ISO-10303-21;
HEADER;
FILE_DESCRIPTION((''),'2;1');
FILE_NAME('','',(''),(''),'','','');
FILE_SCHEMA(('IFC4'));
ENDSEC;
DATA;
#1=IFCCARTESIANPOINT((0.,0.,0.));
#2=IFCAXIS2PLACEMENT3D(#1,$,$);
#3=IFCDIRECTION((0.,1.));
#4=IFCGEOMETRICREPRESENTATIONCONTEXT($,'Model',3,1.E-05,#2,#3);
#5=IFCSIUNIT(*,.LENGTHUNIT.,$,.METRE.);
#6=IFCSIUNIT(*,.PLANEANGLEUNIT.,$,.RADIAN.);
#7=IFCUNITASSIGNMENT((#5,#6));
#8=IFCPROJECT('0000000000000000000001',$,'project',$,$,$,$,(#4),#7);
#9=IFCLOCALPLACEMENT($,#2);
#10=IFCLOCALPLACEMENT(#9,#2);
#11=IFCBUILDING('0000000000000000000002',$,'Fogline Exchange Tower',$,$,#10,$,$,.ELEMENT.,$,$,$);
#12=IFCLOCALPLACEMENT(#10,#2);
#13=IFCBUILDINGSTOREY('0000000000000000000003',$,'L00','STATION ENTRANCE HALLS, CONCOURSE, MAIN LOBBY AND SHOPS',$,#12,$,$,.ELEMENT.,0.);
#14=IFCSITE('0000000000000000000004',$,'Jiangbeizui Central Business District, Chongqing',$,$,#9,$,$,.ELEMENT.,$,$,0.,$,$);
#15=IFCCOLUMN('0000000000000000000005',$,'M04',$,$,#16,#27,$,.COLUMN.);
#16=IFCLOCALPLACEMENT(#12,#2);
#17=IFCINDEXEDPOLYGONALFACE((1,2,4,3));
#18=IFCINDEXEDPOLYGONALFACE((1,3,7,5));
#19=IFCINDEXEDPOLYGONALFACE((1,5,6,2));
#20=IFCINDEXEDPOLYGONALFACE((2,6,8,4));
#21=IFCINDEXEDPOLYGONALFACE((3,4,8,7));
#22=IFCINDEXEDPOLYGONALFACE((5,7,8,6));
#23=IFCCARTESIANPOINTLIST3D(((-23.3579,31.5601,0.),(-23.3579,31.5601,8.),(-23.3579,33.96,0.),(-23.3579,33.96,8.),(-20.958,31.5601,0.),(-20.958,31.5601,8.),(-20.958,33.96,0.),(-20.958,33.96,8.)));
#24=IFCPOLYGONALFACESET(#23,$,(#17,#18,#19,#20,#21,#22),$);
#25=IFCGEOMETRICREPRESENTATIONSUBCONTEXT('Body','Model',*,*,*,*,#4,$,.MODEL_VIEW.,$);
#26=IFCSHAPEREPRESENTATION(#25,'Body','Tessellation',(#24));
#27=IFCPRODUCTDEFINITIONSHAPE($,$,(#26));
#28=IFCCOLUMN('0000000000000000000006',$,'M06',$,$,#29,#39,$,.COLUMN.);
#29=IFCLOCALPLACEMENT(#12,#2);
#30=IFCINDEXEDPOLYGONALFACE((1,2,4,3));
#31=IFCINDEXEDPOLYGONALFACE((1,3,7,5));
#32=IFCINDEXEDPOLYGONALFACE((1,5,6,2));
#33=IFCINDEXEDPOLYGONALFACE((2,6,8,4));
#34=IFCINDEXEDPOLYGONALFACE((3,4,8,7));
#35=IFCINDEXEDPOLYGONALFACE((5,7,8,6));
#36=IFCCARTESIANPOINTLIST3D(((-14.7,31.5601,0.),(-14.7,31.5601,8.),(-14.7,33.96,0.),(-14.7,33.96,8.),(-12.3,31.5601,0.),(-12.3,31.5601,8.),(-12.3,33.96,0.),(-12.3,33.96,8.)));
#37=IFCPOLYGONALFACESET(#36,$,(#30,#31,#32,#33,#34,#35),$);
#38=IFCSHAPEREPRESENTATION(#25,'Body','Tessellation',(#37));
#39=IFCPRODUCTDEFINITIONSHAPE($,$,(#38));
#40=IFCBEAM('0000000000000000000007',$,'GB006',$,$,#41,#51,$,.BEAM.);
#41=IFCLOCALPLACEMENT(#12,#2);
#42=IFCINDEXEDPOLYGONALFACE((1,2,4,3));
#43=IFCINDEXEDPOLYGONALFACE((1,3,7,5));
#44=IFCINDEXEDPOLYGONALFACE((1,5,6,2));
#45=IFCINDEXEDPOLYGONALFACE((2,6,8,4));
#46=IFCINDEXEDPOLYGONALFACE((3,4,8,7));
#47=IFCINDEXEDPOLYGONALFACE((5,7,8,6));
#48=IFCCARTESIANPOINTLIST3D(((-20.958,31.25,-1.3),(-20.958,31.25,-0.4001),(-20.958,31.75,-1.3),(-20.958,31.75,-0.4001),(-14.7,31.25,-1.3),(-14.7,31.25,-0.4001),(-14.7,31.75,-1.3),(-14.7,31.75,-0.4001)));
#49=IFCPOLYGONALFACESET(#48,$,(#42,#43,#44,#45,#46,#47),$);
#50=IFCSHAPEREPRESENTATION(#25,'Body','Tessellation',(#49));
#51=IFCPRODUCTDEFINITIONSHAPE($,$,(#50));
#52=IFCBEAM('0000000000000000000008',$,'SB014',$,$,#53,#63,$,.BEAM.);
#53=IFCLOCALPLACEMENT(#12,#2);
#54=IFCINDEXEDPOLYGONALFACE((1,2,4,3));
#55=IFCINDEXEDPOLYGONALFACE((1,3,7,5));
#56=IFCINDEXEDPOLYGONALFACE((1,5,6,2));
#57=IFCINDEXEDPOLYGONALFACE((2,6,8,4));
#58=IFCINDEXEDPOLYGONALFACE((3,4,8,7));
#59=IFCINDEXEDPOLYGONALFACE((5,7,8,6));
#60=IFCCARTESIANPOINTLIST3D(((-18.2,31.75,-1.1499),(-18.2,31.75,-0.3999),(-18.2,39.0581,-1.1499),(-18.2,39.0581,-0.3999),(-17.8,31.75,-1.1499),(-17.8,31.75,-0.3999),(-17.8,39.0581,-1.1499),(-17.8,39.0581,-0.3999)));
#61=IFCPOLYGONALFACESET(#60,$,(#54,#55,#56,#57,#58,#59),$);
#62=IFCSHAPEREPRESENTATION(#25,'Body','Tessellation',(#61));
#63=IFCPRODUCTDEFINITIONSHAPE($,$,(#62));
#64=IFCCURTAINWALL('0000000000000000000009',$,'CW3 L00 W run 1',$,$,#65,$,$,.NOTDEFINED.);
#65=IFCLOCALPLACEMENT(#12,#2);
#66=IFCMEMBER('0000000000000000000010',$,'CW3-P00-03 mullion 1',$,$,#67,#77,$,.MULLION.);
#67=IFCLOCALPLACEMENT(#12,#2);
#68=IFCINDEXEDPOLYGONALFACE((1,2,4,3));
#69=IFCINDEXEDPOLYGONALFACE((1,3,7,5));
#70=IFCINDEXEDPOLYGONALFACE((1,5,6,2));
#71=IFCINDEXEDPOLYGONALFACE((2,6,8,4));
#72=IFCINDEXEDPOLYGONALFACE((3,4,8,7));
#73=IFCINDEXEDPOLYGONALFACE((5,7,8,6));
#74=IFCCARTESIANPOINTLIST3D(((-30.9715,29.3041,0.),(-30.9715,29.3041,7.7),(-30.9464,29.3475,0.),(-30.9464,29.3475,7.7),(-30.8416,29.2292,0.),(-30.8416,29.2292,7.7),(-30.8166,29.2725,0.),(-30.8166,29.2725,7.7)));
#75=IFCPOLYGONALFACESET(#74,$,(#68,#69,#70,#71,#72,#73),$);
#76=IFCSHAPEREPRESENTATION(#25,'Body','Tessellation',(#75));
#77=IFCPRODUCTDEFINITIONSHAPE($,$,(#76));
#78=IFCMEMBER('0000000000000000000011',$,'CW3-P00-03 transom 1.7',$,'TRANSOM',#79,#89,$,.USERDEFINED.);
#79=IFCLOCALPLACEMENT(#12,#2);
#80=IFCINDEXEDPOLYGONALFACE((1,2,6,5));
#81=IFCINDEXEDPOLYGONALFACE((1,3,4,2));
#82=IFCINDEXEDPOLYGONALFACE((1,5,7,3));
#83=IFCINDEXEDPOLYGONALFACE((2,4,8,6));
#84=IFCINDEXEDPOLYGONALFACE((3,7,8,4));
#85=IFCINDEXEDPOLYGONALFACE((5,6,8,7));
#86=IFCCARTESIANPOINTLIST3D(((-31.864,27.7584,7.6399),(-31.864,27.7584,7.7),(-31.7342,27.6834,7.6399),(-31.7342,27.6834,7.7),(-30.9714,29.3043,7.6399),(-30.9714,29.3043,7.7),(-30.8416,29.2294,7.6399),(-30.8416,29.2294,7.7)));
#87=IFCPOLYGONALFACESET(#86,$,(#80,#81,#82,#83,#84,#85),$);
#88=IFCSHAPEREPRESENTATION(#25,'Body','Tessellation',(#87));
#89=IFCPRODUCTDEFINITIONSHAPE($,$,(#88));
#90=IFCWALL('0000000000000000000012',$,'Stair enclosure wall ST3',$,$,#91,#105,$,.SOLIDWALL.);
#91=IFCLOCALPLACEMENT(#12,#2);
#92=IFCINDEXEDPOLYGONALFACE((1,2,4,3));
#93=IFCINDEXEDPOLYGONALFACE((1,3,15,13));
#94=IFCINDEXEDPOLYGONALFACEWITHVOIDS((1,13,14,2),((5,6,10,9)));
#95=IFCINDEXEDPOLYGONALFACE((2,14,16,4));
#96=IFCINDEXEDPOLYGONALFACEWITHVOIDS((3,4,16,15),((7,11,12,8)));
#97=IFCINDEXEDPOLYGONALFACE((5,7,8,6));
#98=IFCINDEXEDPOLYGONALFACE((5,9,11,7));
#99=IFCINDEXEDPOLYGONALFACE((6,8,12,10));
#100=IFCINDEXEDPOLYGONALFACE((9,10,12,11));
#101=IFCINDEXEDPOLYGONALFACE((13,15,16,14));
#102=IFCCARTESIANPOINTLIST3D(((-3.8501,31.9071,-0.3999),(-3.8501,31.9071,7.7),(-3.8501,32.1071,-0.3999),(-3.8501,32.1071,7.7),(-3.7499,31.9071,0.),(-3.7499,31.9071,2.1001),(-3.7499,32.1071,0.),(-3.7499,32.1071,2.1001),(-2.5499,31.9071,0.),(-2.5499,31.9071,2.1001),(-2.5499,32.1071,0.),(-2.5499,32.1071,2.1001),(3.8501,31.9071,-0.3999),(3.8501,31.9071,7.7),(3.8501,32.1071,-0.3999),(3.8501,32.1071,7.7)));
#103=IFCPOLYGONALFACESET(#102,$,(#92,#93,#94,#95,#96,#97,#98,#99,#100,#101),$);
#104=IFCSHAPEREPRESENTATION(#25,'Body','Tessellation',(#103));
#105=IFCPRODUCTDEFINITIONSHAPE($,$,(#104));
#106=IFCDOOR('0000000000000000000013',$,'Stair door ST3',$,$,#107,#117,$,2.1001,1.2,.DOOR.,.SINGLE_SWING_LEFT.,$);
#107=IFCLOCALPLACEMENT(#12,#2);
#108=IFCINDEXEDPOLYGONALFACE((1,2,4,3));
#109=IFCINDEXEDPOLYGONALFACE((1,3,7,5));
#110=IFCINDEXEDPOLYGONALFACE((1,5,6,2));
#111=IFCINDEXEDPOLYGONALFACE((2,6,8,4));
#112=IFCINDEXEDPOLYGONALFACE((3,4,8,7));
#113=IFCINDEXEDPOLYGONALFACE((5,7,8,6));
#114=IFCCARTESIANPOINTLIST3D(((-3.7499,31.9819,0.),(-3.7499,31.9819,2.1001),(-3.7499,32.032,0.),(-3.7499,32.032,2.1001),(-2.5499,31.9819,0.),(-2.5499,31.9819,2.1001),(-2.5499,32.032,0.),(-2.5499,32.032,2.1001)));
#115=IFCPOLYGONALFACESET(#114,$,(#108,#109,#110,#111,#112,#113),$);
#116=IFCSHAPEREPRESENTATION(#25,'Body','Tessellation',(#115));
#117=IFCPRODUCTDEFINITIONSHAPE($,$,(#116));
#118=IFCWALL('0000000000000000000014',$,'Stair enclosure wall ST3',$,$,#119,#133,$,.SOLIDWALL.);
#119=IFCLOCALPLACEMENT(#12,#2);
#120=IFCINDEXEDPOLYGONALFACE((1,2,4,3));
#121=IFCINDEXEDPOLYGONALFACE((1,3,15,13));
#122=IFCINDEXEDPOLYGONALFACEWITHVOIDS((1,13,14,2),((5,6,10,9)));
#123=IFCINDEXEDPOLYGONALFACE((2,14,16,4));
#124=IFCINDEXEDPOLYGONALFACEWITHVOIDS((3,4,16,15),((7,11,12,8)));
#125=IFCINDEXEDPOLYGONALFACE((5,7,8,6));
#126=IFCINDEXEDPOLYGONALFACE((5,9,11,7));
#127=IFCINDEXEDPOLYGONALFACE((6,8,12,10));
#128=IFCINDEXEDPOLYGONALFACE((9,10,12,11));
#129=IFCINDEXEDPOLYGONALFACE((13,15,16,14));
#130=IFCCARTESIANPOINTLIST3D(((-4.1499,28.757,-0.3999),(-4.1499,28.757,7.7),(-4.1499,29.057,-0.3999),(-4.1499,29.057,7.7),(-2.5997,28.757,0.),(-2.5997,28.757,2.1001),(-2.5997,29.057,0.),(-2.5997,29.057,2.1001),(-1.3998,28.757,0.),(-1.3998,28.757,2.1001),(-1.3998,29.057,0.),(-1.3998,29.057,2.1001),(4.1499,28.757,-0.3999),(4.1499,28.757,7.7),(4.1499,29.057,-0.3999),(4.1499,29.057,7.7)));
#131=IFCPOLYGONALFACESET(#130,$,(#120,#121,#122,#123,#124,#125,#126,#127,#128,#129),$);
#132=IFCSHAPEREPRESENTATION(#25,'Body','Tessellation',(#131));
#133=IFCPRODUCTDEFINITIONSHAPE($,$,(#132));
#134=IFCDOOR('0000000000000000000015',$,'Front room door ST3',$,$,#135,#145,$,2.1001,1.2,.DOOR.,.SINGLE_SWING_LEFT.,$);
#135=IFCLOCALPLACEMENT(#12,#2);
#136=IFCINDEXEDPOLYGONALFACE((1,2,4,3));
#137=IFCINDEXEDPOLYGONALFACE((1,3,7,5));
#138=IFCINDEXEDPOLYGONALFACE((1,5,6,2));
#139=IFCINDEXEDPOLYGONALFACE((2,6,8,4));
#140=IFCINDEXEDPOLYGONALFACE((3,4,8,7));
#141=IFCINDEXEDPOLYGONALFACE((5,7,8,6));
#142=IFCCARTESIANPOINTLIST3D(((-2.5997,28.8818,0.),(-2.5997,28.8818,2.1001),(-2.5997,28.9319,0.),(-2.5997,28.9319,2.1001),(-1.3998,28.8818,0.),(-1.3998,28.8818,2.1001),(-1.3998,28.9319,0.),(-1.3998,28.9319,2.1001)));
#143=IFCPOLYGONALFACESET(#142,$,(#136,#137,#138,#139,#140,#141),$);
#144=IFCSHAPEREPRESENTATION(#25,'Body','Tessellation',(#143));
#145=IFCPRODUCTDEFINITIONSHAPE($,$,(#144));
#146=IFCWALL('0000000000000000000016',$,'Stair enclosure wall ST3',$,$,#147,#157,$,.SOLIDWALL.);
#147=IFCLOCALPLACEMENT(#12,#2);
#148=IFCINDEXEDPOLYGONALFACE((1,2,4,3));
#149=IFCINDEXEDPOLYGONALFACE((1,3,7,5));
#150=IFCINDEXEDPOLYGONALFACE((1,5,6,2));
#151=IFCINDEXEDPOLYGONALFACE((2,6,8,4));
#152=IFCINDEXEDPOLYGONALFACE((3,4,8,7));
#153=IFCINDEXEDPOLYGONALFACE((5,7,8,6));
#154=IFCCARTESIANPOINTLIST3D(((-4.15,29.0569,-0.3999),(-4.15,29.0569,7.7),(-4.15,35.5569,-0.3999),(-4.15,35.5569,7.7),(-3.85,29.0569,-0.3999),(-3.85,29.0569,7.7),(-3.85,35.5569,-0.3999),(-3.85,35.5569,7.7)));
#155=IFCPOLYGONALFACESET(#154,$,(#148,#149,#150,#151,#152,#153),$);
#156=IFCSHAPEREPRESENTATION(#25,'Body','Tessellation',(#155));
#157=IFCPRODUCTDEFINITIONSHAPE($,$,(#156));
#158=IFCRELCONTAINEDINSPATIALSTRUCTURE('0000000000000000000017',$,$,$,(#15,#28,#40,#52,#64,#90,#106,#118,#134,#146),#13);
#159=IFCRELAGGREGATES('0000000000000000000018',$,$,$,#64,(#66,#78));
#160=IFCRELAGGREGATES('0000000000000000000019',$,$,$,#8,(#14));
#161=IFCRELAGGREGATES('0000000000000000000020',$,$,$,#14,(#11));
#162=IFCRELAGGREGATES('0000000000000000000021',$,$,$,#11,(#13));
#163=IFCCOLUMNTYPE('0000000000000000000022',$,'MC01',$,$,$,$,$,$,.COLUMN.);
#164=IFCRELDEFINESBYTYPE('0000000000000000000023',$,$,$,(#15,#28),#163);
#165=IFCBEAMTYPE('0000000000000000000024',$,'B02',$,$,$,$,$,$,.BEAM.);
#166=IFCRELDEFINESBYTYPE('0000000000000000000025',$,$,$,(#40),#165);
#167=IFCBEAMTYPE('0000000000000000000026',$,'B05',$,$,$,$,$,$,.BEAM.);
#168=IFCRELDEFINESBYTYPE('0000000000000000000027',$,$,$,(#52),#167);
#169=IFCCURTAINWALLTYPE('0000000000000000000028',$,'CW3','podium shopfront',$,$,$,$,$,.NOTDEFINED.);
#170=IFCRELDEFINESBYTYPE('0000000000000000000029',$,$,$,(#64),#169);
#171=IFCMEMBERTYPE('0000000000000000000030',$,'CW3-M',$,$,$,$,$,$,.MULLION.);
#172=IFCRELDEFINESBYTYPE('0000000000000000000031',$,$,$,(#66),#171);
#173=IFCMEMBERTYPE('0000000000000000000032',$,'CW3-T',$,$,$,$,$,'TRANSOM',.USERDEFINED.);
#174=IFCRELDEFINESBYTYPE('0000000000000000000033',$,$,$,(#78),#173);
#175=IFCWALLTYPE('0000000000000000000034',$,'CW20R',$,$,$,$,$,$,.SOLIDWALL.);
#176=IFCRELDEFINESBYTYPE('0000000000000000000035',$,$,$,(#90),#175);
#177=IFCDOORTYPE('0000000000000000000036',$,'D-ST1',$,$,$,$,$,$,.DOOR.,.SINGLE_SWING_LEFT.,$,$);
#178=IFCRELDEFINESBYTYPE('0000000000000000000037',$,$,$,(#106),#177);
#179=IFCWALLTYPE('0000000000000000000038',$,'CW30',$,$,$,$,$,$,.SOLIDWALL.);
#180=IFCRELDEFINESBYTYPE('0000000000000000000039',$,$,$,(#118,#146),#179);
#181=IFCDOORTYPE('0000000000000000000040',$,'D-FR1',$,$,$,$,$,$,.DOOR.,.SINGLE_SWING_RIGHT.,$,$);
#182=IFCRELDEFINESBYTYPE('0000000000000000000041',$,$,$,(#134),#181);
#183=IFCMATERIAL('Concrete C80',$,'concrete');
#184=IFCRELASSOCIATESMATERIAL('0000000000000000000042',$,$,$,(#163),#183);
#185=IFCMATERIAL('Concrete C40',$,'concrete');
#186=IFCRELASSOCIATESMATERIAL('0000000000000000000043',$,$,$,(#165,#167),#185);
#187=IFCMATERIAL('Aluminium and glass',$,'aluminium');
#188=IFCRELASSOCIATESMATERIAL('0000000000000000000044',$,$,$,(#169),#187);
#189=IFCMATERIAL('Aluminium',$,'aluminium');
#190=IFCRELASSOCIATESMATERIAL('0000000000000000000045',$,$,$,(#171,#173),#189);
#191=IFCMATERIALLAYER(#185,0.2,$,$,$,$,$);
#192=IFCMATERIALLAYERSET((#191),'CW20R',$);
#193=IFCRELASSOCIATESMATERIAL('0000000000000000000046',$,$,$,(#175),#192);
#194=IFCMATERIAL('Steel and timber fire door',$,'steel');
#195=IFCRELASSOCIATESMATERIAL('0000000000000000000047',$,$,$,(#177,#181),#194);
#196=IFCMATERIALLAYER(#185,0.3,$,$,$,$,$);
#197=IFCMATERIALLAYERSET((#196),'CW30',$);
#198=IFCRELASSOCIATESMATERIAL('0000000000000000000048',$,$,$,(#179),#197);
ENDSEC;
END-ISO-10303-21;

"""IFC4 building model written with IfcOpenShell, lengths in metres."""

from ifc_helpers import new_model, si_unit, direction, frame, frame_2d, origin, origin_2d, place, context, subcontext, project, spatial, rectangle, extrude, material, layer, layer_set, material_profile, profile_set, type_object, element, fill, aggregate, save


model = new_model("IFC4")

# Units and contexts
model_context = context("Model", 3, precision=1e-05, world=origin(), true_north=direction((0.0, 1.0)))
body_context = subcontext(model_context, "Body", "Model", "MODEL_VIEW")
ifc_project = project(units=[si_unit("LENGTHUNIT", "METRE"), si_unit("PLANEANGLEUNIT", "RADIAN")], contexts=[model_context])

# Site, building, storey
site_placement = place(None, origin())
site = spatial("IfcSite", under=ifc_project, at=site_placement, Name="Jiangbeizui Central Business District, Chongqing", CompositionType="ELEMENT", RefElevation=0.0)
building_placement = place(site_placement, origin())
building = spatial("IfcBuilding", under=site, at=building_placement, Name="Fogline Exchange Tower", CompositionType="ELEMENT")
storey_placement = place(building_placement, origin())
storey = spatial("IfcBuildingStorey", under=building, at=storey_placement, Name="L00", Description="STATION ENTRANCE HALLS, CONCOURSE, MAIN LOBBY AND SHOPS", CompositionType="ELEMENT", Elevation=0.0)

# Columns
ifc_material_1 = material(Name="Concrete C80", Category="concrete")
ifc_material_profile_1 = material_profile(ifc_material_1, rectangle(XDim=2.3999, YDim=2.3999, at=origin_2d()), Name="RC 2400x2400")
ifc_profile_set_1 = profile_set([ifc_material_profile_1], Name="Concrete C80")
column_type = type_object("IfcColumnType", Name="MC01", PredefinedType="COLUMN", material=ifc_profile_set_1)
for number, where, z_axis, x_axis, name in (
    (1, (-22.158, 32.76, 0.0), (0.0, 0.0, 1.0), (1.0, 0.0, 0.0), "M04"),
    (2, (-13.5, 32.76, 0.0), (0.0, 0.0, 1.0), (1.0, 0.0, 0.0), "M06"),
):
    element("IfcColumn", number, at=place(storey_placement, frame(where, z_axis=z_axis, x_axis=x_axis)), inside=storey, type_object=column_type, Name=name, PredefinedType="COLUMN", context=body_context, shape_type="SweptSolid", body=[
        extrude(rectangle(XDim=2.3999, YDim=2.3999, at=origin_2d()), origin(), (0.0, 0.0, 1.0), 8.0),
    ])

# Beams
ifc_material_2 = material(Name="Concrete C40", Category="concrete")
ifc_material_profile_2 = material_profile(ifc_material_2, rectangle(XDim=0.5, YDim=0.8999, at=origin_2d()), Name="RC 500x900")
ifc_profile_set_2 = profile_set([ifc_material_profile_2], Name="Concrete C40")
beam_type_1 = type_object("IfcBeamType", Name="B02", PredefinedType="BEAM", material=ifc_profile_set_2)
beam_1_placement = place(storey_placement, frame((-20.958, 31.5, -0.8501), z_axis=(1.0, 0.0, 0.0), x_axis=(0.0, 1.0, 0.0)))
element("IfcBeam", 3, at=beam_1_placement, inside=storey, type_object=beam_type_1, Name="GB006", PredefinedType="BEAM", context=body_context, shape_type="SweptSolid", body=[
    extrude(rectangle(XDim=0.5, YDim=0.8999, at=origin_2d()), origin(), (0.0, 0.0, 1.0), 6.2581),
])
ifc_material_profile_3 = material_profile(ifc_material_2, rectangle(XDim=0.3999, YDim=0.75, at=origin_2d()), Name="RC 400x750")
ifc_profile_set_3 = profile_set([ifc_material_profile_3], Name="Concrete C40")
beam_type_2 = type_object("IfcBeamType", Name="B05", PredefinedType="BEAM", material=ifc_profile_set_3)
beam_2_placement = place(storey_placement, frame((-18.0, 31.75, -0.7749), z_axis=(0.0, 1.0, 0.0), x_axis=(-1.0, 0.0, 0.0)))
element("IfcBeam", 4, at=beam_2_placement, inside=storey, type_object=beam_type_2, Name="SB014", PredefinedType="BEAM", context=body_context, shape_type="SweptSolid", body=[
    extrude(rectangle(XDim=0.3999, YDim=0.75, at=origin_2d()), origin(), (0.0, 0.0, 1.0), 7.3081),
])

# Curtain wall, members
ifc_material_3 = material(Name="Aluminium and glass", Category="aluminium")
curtain_wall_type = type_object("IfcCurtainWallType", Name="CW3", Description="podium shopfront", PredefinedType="NOTDEFINED", material=ifc_material_3)
curtain_wall_placement = place(storey_placement, origin())
curtain_wall = element("IfcCurtainWall", 5, at=curtain_wall_placement, inside=storey, type_object=curtain_wall_type, Name="CW3 L00 W run 1", PredefinedType="NOTDEFINED")
ifc_material_4 = material(Name="Aluminium", Category="aluminium")
ifc_material_profile_4 = material_profile(ifc_material_4, rectangle(XDim=0.1499, YDim=0.05, at=origin_2d()), Name="Mullion 50x150")
ifc_profile_set_4 = profile_set([ifc_material_profile_4], Name="Aluminium")
member_type_1 = type_object("IfcMemberType", Name="CW3-M", PredefinedType="MULLION", material=ifc_profile_set_4)
member_1_placement = place(storey_placement, frame((-30.894, 29.2883, 0.0), z_axis=(0.0, 0.0, 1.0), x_axis=(0.866026, -0.5, 0.0)))
member_1 = element("IfcMember", 6, at=member_1_placement, type_object=member_type_1, Name="CW3-P00-03 mullion 1", PredefinedType="MULLION", context=body_context, shape_type="SweptSolid", body=[
    extrude(rectangle(XDim=0.1499, YDim=0.05, at=origin_2d()), origin(), (0.0, 0.0, 1.0), 7.7),
])
ifc_material_profile_5 = material_profile(ifc_material_4, rectangle(XDim=0.1499, YDim=0.0601, at=origin_2d()), Name="Transom 60x150")
ifc_profile_set_5 = profile_set([ifc_material_profile_5], Name="Aluminium")
member_type_2 = type_object("IfcMemberType", Name="CW3-T", ElementType="TRANSOM", PredefinedType="USERDEFINED", material=ifc_profile_set_5)
member_2_placement = place(storey_placement, frame((-30.9065, 29.2668, 7.6699), z_axis=(-0.500022, -0.866012, 0.0), x_axis=(0.866012, -0.500022, 0.0)))
member_2 = element("IfcMember", 7, at=member_2_placement, type_object=member_type_2, Name="CW3-P00-03 transom 1.7", ObjectType="TRANSOM", PredefinedType="USERDEFINED", context=body_context, shape_type="SweptSolid", body=[
    extrude(rectangle(XDim=0.1499, YDim=0.0601, at=origin_2d()), origin(), (0.0, 0.0, 1.0), 1.7852),
])
aggregate(curtain_wall, [member_1, member_2])

# Walls, openings, doors
ifc_layer_1 = layer(ifc_material_2, 0.2)
ifc_layer_set_1 = layer_set([ifc_layer_1], Name="CW20R")
wall_type_1 = type_object("IfcWallType", Name="CW20R", PredefinedType="SOLIDWALL", material=ifc_layer_set_1)
wall_1_placement = place(storey_placement, frame((-3.8501, 32.0071, -0.3999), z_axis=(0.0, 0.0, 1.0), x_axis=(1.0, 0.0, 0.0)))
wall_1 = element("IfcWall", 8, at=wall_1_placement, inside=storey, type_object=wall_type_1, Name="Stair enclosure wall ST3", PredefinedType="SOLIDWALL", context=body_context, shape_type="SweptSolid", body=[
    extrude(rectangle(XDim=7.7002, YDim=0.2, at=frame_2d((3.8501, 0.0))), origin(), (0.0, 0.0, 1.0), 8.0999),
])
opening_1_placement = place(wall_1_placement, frame((0.1001, 0.0, 0.3999)))
opening_1 = element("IfcOpeningElement", 9, at=opening_1_placement, cuts=wall_1, PredefinedType="OPENING", context=body_context, shape_type="SweptSolid", body=[
    extrude(rectangle(XDim=1.2, YDim=2.1001, at=frame_2d((0.6001, 1.05))), frame((0.0, 0.1099, 0.0), z_axis=(0.0, -1.0, 0.0), x_axis=(1.0, 0.0, 0.0)), (0.0, 0.0, 1.0), 0.22),
])
ifc_material_5 = material(Name="Steel and timber fire door", Category="steel")
door_type_1 = type_object("IfcDoorType", Name="D-ST1", OperationType="SINGLE_SWING_LEFT", PredefinedType="DOOR", material=ifc_material_5)
door_1_placement = place(opening_1_placement, origin())
door_1 = element("IfcDoor", 10, at=door_1_placement, inside=storey, type_object=door_type_1, Name="Stair door ST3", OperationType="SINGLE_SWING_LEFT", OverallHeight=2.1001, OverallWidth=1.2, PredefinedType="DOOR", context=body_context, shape_type="SweptSolid", body=[
    extrude(rectangle(XDim=1.2, YDim=2.1001, at=frame_2d((0.6001, 1.05))), frame((0.0, 0.0249, 0.0), z_axis=(0.0, -1.0, 0.0), x_axis=(1.0, 0.0, 0.0)), (0.0, 0.0, 1.0), 0.05),
])
fill(opening_1, door_1)
ifc_layer_2 = layer(ifc_material_2, 0.3)
ifc_layer_set_2 = layer_set([ifc_layer_2], Name="CW30")
wall_type_2 = type_object("IfcWallType", Name="CW30", PredefinedType="SOLIDWALL", material=ifc_layer_set_2)
wall_2_placement = place(storey_placement, frame((-4.1499, 28.907, -0.3999), z_axis=(0.0, 0.0, 1.0), x_axis=(1.0, 0.0, 0.0)))
wall_2 = element("IfcWall", 11, at=wall_2_placement, inside=storey, type_object=wall_type_2, Name="Stair enclosure wall ST3", PredefinedType="SOLIDWALL", context=body_context, shape_type="SweptSolid", body=[
    extrude(rectangle(XDim=8.2998, YDim=0.3, at=frame_2d((4.1499, 0.0))), origin(), (0.0, 0.0, 1.0), 8.0999),
])
opening_2_placement = place(wall_2_placement, frame((1.55, 0.0, 0.3999)))
opening_2 = element("IfcOpeningElement", 12, at=opening_2_placement, cuts=wall_2, PredefinedType="OPENING", context=body_context, shape_type="SweptSolid", body=[
    extrude(rectangle(XDim=1.2, YDim=2.1001, at=frame_2d((0.6001, 1.05))), frame((0.0, 0.1602, 0.0), z_axis=(0.0, -1.0, 0.0), x_axis=(1.0, 0.0, 0.0)), (0.0, 0.0, 1.0), 0.3201),
])
door_type_2 = type_object("IfcDoorType", Name="D-FR1", OperationType="SINGLE_SWING_RIGHT", PredefinedType="DOOR", material=ifc_material_5)
door_2_placement = place(opening_2_placement, origin())
door_2 = element("IfcDoor", 13, at=door_2_placement, inside=storey, type_object=door_type_2, Name="Front room door ST3", OperationType="SINGLE_SWING_LEFT", OverallHeight=2.1001, OverallWidth=1.2, PredefinedType="DOOR", context=body_context, shape_type="SweptSolid", body=[
    extrude(rectangle(XDim=1.2, YDim=2.1001, at=frame_2d((0.6001, 1.05))), frame((0.0, 0.0249, 0.0), z_axis=(0.0, -1.0, 0.0), x_axis=(1.0, 0.0, 0.0)), (0.0, 0.0, 1.0), 0.05),
])
fill(opening_2, door_2)

# Wall
wall_3_placement = place(storey_placement, frame((-4.0, 29.0569, -0.3999), z_axis=(0.0, 0.0, 1.0), x_axis=(0.0, 1.0, 0.0)))
element("IfcWall", 14, at=wall_3_placement, inside=storey, type_object=wall_type_2, Name="Stair enclosure wall ST3", PredefinedType="SOLIDWALL", context=body_context, shape_type="SweptSolid", body=[
    extrude(rectangle(XDim=6.5, YDim=0.3, at=frame_2d((3.25, 0.0))), origin(), (0.0, 0.0, 1.0), 8.0999),
])

save(model, "model.ifc")
